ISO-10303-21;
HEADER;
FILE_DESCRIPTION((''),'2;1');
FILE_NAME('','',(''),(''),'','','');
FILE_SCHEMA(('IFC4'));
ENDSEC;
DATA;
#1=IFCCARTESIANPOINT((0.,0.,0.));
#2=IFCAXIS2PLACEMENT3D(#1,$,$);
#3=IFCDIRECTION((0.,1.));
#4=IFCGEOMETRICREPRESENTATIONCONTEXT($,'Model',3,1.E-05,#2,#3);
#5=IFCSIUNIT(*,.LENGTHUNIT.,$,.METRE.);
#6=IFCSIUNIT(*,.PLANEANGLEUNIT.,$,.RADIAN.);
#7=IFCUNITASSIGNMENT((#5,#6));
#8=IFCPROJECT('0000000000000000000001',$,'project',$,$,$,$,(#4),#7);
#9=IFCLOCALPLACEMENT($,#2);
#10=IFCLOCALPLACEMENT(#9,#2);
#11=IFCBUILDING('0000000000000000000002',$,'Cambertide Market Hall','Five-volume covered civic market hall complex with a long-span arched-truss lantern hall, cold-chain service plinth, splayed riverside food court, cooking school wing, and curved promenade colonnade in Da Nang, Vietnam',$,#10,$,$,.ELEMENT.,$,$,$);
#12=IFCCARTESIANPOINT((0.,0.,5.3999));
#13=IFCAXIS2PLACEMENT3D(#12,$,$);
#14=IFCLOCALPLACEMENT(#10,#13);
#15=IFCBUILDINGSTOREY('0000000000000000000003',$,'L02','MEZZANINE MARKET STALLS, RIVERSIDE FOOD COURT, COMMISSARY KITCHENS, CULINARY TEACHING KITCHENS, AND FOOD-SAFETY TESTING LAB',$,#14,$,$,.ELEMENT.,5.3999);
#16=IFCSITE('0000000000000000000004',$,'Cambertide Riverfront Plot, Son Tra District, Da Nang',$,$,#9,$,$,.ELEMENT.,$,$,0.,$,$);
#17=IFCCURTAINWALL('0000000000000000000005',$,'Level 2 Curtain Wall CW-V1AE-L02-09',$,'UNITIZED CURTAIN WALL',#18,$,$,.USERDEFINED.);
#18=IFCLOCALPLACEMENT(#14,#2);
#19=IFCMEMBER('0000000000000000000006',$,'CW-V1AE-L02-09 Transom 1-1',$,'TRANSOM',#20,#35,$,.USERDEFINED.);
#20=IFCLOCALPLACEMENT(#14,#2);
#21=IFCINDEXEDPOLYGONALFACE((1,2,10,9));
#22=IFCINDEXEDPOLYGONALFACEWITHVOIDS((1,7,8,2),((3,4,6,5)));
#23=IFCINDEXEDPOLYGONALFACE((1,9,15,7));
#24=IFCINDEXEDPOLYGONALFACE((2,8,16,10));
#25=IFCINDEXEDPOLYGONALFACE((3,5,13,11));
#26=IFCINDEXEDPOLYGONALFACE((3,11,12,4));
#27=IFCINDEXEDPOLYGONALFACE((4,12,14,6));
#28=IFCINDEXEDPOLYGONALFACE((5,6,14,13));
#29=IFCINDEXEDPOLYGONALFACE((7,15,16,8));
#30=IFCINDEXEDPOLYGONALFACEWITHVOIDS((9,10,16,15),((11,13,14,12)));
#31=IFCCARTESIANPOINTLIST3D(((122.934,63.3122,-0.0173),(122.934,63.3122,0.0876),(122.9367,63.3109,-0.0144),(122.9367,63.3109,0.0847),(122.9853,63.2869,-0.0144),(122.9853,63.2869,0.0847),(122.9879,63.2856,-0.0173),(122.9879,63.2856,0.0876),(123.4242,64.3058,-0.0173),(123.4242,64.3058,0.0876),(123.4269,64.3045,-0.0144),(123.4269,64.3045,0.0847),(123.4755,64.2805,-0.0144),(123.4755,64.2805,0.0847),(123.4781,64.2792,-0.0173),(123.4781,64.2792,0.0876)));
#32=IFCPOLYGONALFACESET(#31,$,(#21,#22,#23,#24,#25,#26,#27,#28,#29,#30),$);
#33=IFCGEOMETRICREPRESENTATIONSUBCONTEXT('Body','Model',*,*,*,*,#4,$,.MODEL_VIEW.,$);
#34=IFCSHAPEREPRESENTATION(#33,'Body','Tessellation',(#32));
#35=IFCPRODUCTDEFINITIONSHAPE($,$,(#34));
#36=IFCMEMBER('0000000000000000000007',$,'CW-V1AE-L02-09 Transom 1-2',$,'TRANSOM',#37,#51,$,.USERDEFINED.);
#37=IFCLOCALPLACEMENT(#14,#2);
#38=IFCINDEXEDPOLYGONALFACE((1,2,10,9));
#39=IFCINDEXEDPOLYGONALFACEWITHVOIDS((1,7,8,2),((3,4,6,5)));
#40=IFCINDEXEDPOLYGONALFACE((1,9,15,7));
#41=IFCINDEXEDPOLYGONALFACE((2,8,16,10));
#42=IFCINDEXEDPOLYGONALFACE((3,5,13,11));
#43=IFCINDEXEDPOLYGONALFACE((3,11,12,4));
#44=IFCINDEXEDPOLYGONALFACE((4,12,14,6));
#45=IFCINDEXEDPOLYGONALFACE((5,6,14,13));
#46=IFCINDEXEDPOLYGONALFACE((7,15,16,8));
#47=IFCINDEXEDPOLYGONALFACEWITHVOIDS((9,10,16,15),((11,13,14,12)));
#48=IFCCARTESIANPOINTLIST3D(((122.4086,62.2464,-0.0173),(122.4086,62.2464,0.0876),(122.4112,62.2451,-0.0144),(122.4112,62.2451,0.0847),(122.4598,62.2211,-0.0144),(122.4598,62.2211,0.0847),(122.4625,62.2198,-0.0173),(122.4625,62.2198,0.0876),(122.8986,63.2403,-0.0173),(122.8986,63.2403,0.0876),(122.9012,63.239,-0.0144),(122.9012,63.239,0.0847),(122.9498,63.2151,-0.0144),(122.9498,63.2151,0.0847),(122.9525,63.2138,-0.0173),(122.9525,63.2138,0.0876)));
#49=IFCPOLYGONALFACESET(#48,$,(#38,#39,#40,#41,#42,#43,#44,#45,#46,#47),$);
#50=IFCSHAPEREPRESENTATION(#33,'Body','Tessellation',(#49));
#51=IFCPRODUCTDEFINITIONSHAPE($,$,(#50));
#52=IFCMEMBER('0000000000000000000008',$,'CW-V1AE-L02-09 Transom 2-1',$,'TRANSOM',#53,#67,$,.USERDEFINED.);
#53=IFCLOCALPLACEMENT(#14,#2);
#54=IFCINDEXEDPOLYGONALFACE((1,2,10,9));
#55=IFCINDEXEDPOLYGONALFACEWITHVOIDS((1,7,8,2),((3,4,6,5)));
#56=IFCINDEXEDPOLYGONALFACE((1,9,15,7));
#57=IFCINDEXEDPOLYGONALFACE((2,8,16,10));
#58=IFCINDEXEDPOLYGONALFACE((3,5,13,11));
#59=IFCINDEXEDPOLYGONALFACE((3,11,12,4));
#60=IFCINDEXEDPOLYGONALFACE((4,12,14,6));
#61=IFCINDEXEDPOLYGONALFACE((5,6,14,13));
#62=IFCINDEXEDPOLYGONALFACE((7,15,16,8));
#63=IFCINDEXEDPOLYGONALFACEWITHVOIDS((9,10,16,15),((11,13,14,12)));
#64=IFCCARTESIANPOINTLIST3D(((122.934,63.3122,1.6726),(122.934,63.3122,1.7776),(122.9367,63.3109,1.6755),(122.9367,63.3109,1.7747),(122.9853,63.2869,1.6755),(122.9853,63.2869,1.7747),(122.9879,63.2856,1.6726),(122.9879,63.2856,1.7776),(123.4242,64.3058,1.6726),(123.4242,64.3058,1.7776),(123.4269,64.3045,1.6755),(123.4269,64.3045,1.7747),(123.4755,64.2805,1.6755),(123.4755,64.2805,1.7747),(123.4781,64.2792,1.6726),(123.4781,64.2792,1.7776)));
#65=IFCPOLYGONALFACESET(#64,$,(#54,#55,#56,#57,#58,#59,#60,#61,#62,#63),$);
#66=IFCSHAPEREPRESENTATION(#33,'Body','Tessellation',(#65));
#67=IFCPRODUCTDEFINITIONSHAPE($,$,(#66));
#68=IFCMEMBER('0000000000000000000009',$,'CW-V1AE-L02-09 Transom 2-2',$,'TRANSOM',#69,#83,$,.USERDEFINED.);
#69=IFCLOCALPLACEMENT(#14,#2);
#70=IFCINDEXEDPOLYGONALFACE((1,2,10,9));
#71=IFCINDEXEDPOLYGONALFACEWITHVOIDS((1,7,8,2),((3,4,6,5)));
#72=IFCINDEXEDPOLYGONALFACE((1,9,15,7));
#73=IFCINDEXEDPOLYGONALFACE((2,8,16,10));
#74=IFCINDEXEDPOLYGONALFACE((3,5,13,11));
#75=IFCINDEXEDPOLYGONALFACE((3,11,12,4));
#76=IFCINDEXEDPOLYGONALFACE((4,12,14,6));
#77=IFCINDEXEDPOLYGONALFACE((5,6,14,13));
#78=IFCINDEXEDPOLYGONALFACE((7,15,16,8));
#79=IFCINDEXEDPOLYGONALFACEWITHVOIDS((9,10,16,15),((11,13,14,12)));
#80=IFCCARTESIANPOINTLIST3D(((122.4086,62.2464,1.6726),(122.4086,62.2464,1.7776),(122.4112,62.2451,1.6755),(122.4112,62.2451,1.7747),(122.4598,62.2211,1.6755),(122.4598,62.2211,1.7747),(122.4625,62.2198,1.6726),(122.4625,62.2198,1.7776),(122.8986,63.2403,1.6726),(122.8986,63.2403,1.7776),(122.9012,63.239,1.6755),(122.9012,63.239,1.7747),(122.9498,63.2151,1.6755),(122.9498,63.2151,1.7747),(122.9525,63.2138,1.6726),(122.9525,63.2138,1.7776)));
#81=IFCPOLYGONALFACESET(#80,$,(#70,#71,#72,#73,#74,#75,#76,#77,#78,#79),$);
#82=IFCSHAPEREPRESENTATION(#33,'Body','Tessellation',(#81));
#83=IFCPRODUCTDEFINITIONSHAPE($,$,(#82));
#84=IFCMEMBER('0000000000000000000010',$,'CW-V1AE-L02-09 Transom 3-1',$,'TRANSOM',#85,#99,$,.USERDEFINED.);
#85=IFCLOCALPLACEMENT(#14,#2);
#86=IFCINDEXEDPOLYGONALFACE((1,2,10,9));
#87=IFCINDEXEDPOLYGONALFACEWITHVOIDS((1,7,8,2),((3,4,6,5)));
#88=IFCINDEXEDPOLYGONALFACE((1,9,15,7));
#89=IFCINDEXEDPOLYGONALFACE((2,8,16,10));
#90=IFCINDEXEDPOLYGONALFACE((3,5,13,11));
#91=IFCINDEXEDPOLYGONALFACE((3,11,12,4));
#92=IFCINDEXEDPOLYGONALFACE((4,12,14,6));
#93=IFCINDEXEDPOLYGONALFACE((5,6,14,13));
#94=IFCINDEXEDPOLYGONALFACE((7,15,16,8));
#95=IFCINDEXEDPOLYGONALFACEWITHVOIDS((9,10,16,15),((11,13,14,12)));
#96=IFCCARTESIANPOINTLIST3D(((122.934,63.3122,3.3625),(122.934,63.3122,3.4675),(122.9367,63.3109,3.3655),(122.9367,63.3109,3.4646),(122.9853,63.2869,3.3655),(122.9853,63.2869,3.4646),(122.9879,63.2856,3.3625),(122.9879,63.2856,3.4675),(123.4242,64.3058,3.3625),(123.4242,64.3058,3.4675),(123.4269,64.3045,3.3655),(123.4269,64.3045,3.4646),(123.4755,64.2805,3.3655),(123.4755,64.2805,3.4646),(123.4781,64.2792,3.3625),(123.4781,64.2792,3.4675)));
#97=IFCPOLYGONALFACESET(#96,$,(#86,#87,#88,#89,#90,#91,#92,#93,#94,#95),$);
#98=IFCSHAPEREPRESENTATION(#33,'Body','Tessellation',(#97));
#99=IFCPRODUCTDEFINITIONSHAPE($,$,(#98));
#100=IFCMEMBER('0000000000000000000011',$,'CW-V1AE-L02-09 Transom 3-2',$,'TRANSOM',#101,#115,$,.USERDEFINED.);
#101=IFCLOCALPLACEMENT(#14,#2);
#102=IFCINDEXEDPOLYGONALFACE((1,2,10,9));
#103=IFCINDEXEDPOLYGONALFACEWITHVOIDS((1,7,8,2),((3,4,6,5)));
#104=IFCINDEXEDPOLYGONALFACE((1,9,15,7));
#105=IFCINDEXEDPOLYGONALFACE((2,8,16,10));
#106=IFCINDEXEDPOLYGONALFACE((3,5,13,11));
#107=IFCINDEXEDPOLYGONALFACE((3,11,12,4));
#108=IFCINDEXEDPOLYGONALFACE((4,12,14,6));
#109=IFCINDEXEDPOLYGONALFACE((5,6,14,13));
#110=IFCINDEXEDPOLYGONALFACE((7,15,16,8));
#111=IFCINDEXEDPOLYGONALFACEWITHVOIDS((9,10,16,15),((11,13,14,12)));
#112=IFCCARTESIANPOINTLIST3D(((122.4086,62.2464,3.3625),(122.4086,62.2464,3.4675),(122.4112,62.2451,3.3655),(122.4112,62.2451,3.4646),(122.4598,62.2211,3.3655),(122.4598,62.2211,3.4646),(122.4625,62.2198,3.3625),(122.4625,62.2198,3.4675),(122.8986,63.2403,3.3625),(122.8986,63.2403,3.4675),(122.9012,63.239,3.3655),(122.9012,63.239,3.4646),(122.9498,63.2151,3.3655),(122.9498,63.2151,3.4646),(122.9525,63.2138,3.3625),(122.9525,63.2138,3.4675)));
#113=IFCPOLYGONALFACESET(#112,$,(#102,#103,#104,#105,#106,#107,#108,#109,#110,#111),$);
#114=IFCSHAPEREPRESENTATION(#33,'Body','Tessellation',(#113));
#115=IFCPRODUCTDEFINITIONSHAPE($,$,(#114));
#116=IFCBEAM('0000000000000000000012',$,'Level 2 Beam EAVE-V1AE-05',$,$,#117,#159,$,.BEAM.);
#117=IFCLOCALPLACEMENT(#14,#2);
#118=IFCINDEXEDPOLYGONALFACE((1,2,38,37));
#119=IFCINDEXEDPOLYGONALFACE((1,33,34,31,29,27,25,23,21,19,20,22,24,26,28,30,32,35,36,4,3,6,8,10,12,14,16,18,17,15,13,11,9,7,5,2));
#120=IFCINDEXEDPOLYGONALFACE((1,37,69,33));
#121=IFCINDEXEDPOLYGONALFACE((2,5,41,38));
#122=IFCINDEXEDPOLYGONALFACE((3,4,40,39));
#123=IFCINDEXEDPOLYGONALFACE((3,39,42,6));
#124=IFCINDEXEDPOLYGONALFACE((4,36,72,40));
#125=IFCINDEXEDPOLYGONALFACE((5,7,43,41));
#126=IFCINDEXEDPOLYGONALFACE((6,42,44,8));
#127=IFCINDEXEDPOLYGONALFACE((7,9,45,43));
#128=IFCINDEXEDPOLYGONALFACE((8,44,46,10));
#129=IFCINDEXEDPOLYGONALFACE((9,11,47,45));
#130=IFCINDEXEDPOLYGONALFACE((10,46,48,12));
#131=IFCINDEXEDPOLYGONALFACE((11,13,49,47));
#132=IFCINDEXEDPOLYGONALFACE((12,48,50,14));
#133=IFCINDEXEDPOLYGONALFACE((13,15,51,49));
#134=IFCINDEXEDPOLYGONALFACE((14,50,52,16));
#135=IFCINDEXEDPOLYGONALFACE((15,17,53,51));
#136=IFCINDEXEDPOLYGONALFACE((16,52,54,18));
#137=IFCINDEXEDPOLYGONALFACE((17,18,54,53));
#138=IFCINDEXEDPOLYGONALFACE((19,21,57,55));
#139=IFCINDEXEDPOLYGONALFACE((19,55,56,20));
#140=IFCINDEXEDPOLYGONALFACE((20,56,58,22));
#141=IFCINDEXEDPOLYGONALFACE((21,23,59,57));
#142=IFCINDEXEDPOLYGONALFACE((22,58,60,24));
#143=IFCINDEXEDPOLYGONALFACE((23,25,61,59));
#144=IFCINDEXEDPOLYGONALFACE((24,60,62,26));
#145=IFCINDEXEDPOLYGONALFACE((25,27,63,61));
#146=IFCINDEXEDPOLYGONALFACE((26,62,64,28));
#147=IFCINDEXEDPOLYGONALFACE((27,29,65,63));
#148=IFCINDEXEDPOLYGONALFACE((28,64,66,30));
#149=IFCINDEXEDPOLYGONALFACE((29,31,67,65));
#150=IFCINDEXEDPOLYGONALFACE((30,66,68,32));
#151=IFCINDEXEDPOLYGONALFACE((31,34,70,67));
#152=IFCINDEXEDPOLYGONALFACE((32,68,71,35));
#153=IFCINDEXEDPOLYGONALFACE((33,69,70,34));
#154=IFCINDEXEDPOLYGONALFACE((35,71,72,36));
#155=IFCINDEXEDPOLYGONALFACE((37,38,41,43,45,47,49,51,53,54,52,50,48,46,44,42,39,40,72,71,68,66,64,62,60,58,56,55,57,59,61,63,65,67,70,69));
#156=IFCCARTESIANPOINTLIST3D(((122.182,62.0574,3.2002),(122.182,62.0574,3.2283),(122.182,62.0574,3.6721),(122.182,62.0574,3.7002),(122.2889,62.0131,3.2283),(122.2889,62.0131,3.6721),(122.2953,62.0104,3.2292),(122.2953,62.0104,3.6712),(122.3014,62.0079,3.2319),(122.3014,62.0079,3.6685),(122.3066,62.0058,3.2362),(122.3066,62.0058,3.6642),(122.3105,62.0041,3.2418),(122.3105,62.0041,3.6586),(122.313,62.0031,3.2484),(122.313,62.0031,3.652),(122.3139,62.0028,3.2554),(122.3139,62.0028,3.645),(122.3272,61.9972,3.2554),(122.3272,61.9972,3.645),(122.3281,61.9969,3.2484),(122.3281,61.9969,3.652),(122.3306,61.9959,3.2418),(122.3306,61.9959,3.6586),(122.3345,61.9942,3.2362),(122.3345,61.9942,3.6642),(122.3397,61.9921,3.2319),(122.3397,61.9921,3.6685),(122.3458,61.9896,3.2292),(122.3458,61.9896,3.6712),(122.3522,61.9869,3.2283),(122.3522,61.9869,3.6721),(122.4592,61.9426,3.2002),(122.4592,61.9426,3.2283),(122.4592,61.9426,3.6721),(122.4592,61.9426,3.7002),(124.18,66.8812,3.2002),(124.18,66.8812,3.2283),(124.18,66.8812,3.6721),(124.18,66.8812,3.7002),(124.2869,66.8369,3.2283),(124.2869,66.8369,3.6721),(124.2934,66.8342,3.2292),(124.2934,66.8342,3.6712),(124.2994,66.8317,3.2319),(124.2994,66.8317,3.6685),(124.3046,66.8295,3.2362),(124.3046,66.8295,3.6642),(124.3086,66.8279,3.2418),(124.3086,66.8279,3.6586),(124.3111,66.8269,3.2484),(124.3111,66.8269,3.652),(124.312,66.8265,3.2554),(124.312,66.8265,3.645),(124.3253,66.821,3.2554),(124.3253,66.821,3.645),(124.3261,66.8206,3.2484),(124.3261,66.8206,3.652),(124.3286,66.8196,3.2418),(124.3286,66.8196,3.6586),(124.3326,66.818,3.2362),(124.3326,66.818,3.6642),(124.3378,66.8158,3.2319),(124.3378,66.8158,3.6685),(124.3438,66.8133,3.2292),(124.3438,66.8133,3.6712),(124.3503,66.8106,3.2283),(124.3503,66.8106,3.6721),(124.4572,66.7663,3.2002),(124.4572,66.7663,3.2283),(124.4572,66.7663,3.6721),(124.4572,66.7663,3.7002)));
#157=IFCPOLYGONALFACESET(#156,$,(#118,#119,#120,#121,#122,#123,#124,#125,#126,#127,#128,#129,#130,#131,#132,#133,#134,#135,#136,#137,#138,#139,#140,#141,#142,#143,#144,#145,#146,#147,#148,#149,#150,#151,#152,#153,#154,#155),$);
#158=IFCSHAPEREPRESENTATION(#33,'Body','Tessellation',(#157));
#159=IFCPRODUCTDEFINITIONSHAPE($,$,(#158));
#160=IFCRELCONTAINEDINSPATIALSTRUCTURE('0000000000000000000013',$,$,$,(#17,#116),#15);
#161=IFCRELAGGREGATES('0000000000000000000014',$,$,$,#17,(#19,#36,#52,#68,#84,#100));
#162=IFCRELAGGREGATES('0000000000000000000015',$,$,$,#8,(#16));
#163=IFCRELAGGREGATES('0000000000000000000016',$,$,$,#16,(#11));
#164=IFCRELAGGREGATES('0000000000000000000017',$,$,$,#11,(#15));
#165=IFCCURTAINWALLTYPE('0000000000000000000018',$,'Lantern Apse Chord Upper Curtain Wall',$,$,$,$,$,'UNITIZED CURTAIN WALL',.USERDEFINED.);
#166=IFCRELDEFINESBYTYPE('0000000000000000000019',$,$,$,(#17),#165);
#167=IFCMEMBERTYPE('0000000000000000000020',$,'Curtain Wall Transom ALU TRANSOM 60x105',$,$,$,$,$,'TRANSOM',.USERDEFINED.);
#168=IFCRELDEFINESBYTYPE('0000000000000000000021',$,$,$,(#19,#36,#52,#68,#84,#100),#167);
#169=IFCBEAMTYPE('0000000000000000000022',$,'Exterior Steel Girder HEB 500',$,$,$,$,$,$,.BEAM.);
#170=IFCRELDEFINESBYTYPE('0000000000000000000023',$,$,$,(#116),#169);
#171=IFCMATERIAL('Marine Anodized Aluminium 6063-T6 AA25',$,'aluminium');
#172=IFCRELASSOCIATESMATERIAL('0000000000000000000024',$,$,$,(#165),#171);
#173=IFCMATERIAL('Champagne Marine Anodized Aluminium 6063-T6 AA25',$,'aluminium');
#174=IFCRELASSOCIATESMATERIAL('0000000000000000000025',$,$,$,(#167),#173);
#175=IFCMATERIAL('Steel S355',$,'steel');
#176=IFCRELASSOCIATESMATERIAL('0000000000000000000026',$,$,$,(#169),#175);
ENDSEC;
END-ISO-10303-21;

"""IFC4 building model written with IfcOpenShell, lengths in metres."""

from ifc_helpers import new_model, si_unit, direction, frame, origin, origin_2d, place, context, subcontext, project, spatial, hollow_rectangle, i_section, extrude, material, material_profile, profile_set, type_object, element, aggregate, save


model = new_model("IFC4")

# Units and contexts
model_context = context("Model", 3, precision=1e-05, world=origin(), true_north=direction((0.0, 1.0)))
body_context = subcontext(model_context, "Body", "Model", "MODEL_VIEW")
ifc_project = project(units=[si_unit("LENGTHUNIT", "METRE"), si_unit("PLANEANGLEUNIT", "RADIAN")], contexts=[model_context])

# Site, building, storey
site_placement = place(None, origin())
site = spatial("IfcSite", under=ifc_project, at=site_placement, Name="Cambertide Riverfront Plot, Son Tra District, Da Nang", CompositionType="ELEMENT", RefElevation=0.0)
building_placement = place(site_placement, origin())
building = spatial("IfcBuilding", under=site, at=building_placement, Name="Cambertide Market Hall", Description="Five-volume covered civic market hall complex with a long-span arched-truss lantern hall, cold-chain service plinth, splayed riverside food court, cooking school wing, and curved promenade colonnade in Da Nang, Vietnam", CompositionType="ELEMENT")
storey_placement = place(building_placement, frame((0.0, 0.0, 5.3999)))
storey = spatial("IfcBuildingStorey", under=building, at=storey_placement, Name="L02", Description="MEZZANINE MARKET STALLS, RIVERSIDE FOOD COURT, COMMISSARY KITCHENS, CULINARY TEACHING KITCHENS, AND FOOD-SAFETY TESTING LAB", CompositionType="ELEMENT", Elevation=5.3999)

# Shared definitions
ifc_material_1 = material(Name="Marine Anodized Aluminium 6063-T6 AA25", Category="aluminium")
curtain_wall_type = type_object("IfcCurtainWallType", Name="Lantern Apse Chord Upper Curtain Wall", ElementType="UNITIZED CURTAIN WALL", PredefinedType="USERDEFINED", material=ifc_material_1)

# Curtain wall
curtain_wall_1_placement = place(storey_placement, origin())
curtain_wall_1 = element("IfcCurtainWall", 1, at=curtain_wall_1_placement, inside=storey, type_object=curtain_wall_type, Name="Level 2 Curtain Wall CW-V1AE-L02-09", ObjectType="UNITIZED CURTAIN WALL", PredefinedType="USERDEFINED")

# Members
ifc_material_2 = material(Name="Champagne Marine Anodized Aluminium 6063-T6 AA25", Category="aluminium")
ifc_material_profile_1 = material_profile(ifc_material_2, hollow_rectangle(XDim=0.0601, YDim=0.105, WallThickness=0.0029, at=origin_2d()), Name="ALU TRANSOM 60x105")
ifc_profile_set_1 = profile_set([ifc_material_profile_1], Name="Champagne Marine Anodized Aluminium 6063-T6 AA25")
member_type_1 = type_object("IfcMemberType", Name="Curtain Wall Transom ALU TRANSOM 60x105", ElementType="TRANSOM", PredefinedType="USERDEFINED", material=ifc_profile_set_1)
member_1_placement = place(storey_placement, frame((123.4512, 64.2925, 0.0352), z_axis=(-0.442448, -0.896794, 0.0), x_axis=(0.896794, -0.442448, 0.0)))
member_1 = element("IfcMember", 2, at=member_1_placement, type_object=member_type_1, Name="CW-V1AE-L02-09 Transom 1-1", ObjectType="TRANSOM", PredefinedType="USERDEFINED", context=body_context, shape_type="SweptSolid", body=[
    extrude(hollow_rectangle(XDim=0.0601, YDim=0.105, WallThickness=0.0029, at=origin_2d()), origin(), (0.0, 0.0, 1.0), 1.1079),
])
member_2_placement = place(storey_placement, frame((122.9255, 63.2271, 0.0352), z_axis=(-0.442183, -0.896925, 0.0), x_axis=(0.896925, -0.442183, 0.0)))
member_2 = element("IfcMember", 3, at=member_2_placement, type_object=member_type_1, Name="CW-V1AE-L02-09 Transom 1-2", ObjectType="TRANSOM", PredefinedType="USERDEFINED", context=body_context, shape_type="SweptSolid", body=[
    extrude(hollow_rectangle(XDim=0.0601, YDim=0.105, WallThickness=0.0029, at=origin_2d()), origin(), (0.0, 0.0, 1.0), 1.1082),
])
member_3_placement = place(storey_placement, frame((123.4512, 64.2925, 1.7251), z_axis=(-0.442448, -0.896794, 0.0), x_axis=(0.896794, -0.442448, 0.0)))
member_3 = element("IfcMember", 4, at=member_3_placement, type_object=member_type_1, Name="CW-V1AE-L02-09 Transom 2-1", ObjectType="TRANSOM", PredefinedType="USERDEFINED", context=body_context, shape_type="SweptSolid", body=[
    extrude(hollow_rectangle(XDim=0.0601, YDim=0.105, WallThickness=0.0029, at=origin_2d()), origin(), (0.0, 0.0, 1.0), 1.1079),
])
member_4_placement = place(storey_placement, frame((122.9255, 63.2271, 1.7251), z_axis=(-0.442183, -0.896925, 0.0), x_axis=(0.896925, -0.442183, 0.0)))
member_4 = element("IfcMember", 5, at=member_4_placement, type_object=member_type_1, Name="CW-V1AE-L02-09 Transom 2-2", ObjectType="TRANSOM", PredefinedType="USERDEFINED", context=body_context, shape_type="SweptSolid", body=[
    extrude(hollow_rectangle(XDim=0.0601, YDim=0.105, WallThickness=0.0029, at=origin_2d()), origin(), (0.0, 0.0, 1.0), 1.1082),
])
member_5_placement = place(storey_placement, frame((123.4512, 64.2925, 3.415), z_axis=(-0.442448, -0.896794, 0.0), x_axis=(0.896794, -0.442448, 0.0)))
member_5 = element("IfcMember", 6, at=member_5_placement, type_object=member_type_1, Name="CW-V1AE-L02-09 Transom 3-1", ObjectType="TRANSOM", PredefinedType="USERDEFINED", context=body_context, shape_type="SweptSolid", body=[
    extrude(hollow_rectangle(XDim=0.0601, YDim=0.105, WallThickness=0.0029, at=origin_2d()), origin(), (0.0, 0.0, 1.0), 1.1079),
])
member_6_placement = place(storey_placement, frame((122.9255, 63.2271, 3.415), z_axis=(-0.442183, -0.896925, 0.0), x_axis=(0.896925, -0.442183, 0.0)))
member_6 = element("IfcMember", 7, at=member_6_placement, type_object=member_type_1, Name="CW-V1AE-L02-09 Transom 3-2", ObjectType="TRANSOM", PredefinedType="USERDEFINED", context=body_context, shape_type="SweptSolid", body=[
    extrude(hollow_rectangle(XDim=0.0601, YDim=0.105, WallThickness=0.0029, at=origin_2d()), origin(), (0.0, 0.0, 1.0), 1.1082),
])

# Beam
ifc_material_3 = material(Name="Steel S355", Category="steel")
ifc_material_profile_2 = material_profile(ifc_material_3, i_section(OverallWidth=0.3, OverallDepth=0.5, WebThickness=0.0144, FlangeThickness=0.0281, FilletRadius=0.0271, at=origin_2d()), Name="HEB 500")
ifc_profile_set_2 = profile_set([ifc_material_profile_2], Name="Steel S355")
beam_type_1 = type_object("IfcBeamType", Name="Exterior Steel Girder HEB 500", PredefinedType="BEAM", material=ifc_profile_set_2)
beam_1_placement = place(storey_placement, frame((122.3206, 62.0, 3.4502), z_axis=(0.382682, 0.92388, 0.0), x_axis=(-0.92388, 0.382682, 0.0)))
element("IfcBeam", 8, at=beam_1_placement, inside=storey, type_object=beam_type_1, Name="Level 2 Beam EAVE-V1AE-05", PredefinedType="BEAM", context=body_context, shape_type="SweptSolid", body=[
    extrude(i_section(OverallWidth=0.3, OverallDepth=0.5, WebThickness=0.0144, FlangeThickness=0.0281, FilletRadius=0.0271, at=origin_2d()), origin(), (0.0, 0.0, 1.0), 5.2212),
])

aggregate(curtain_wall_1, [member_1, member_2, member_3, member_4, member_5, member_6])

save(model, "model.ifc")
